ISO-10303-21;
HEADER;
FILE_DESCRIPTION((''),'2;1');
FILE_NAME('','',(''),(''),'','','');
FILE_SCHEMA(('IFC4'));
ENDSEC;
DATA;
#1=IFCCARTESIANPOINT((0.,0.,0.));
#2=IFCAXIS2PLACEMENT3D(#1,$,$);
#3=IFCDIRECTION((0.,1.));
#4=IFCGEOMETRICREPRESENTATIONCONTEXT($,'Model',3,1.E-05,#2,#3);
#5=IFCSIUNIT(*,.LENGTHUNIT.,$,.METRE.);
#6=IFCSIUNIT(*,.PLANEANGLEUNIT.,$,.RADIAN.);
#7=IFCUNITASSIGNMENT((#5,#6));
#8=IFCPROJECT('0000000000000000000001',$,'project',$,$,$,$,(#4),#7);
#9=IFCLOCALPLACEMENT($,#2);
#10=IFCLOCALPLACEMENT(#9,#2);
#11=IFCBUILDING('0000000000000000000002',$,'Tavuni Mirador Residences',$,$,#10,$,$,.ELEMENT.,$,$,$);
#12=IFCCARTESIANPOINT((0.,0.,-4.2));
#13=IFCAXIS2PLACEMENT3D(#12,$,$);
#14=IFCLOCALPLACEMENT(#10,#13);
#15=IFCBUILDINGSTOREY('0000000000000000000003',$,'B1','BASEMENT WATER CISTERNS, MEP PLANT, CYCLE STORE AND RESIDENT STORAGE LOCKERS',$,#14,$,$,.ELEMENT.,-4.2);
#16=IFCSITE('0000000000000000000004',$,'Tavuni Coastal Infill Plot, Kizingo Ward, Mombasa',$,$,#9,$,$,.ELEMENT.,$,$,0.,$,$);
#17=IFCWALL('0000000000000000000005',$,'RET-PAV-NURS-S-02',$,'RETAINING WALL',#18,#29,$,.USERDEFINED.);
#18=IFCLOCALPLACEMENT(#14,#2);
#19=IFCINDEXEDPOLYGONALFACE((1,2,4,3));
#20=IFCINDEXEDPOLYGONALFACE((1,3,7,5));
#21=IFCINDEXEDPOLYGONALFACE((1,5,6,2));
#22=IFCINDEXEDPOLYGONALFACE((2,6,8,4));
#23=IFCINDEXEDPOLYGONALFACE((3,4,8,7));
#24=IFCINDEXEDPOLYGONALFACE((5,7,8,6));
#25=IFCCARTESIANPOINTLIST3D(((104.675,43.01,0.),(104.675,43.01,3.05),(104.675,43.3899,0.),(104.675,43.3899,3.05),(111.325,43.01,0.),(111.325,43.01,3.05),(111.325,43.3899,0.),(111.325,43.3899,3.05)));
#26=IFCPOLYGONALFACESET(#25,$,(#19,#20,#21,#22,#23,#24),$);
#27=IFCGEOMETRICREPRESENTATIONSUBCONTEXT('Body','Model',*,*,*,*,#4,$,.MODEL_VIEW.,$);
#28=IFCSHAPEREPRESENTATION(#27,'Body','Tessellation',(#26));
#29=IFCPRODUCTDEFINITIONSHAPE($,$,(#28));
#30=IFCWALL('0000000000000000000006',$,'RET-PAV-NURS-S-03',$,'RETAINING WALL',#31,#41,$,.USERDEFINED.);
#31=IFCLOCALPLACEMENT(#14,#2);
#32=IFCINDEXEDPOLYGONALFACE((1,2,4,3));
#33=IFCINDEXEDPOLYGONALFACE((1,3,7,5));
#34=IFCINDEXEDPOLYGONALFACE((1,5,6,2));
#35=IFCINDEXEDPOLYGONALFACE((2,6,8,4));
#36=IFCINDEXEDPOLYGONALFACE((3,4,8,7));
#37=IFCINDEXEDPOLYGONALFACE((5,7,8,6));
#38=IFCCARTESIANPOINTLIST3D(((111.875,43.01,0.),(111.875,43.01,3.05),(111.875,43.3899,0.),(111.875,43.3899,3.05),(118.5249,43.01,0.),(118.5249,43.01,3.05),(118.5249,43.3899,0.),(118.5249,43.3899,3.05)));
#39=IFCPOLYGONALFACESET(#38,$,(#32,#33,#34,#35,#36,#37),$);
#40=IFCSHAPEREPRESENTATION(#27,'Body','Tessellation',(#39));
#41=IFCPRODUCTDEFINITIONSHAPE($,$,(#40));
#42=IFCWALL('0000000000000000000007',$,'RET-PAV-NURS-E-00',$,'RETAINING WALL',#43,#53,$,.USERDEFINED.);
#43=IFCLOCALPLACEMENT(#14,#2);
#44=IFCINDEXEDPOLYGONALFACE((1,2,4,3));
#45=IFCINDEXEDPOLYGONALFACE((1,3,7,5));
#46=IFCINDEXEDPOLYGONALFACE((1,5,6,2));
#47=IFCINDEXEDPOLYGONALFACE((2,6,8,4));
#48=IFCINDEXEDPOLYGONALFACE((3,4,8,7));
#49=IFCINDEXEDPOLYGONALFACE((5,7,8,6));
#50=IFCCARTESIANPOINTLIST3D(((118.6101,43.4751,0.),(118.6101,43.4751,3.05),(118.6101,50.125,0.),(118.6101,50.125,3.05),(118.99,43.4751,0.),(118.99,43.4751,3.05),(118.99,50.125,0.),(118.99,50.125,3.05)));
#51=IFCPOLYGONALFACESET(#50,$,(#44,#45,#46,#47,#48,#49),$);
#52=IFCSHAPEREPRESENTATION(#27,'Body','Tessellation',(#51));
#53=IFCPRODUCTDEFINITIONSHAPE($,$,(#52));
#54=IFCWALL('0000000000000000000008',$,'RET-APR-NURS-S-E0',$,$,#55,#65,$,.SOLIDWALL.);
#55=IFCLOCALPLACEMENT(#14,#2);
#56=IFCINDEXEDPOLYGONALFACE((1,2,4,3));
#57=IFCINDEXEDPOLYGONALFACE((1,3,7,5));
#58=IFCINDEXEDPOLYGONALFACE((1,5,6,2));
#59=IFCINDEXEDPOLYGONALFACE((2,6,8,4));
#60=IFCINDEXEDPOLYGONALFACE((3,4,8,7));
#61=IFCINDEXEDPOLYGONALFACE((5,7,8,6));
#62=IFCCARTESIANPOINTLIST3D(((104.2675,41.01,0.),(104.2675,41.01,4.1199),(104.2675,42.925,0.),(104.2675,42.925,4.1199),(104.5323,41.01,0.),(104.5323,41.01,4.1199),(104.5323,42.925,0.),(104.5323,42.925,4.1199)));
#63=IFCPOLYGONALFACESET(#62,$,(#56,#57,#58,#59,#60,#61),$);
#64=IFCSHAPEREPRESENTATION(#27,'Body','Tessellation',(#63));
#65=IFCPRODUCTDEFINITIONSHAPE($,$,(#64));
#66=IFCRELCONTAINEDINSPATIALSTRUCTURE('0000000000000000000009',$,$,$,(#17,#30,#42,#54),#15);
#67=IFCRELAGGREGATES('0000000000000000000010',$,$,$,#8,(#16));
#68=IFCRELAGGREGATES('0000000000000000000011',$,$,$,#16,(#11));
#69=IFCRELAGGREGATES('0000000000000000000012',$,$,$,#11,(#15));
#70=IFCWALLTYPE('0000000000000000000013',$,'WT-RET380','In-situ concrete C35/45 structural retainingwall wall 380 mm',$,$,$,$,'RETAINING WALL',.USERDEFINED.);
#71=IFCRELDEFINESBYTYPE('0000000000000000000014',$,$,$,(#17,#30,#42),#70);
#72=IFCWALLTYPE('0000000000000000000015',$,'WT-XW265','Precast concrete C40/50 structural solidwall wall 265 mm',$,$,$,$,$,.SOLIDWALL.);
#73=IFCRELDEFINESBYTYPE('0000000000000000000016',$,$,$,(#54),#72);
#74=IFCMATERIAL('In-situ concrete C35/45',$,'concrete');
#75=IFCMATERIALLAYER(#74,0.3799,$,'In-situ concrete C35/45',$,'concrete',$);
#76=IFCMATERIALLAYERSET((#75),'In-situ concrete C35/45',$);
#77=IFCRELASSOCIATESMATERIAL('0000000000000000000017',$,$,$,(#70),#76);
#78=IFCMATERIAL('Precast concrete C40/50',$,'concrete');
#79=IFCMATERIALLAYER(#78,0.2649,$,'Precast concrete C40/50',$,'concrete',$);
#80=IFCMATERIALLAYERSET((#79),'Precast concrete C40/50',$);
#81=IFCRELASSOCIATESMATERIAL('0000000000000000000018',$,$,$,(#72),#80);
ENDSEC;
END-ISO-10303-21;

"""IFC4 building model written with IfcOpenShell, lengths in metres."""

from ifc_helpers import new_model, si_unit, direction, frame, frame_2d, origin, place, context, subcontext, project, spatial, rectangle, extrude, material, layer, layer_set, type_object, element, save


model = new_model("IFC4")

# Units and contexts
model_context = context("Model", 3, precision=1e-05, world=origin(), true_north=direction((0.0, 1.0)))
body_context = subcontext(model_context, "Body", "Model", "MODEL_VIEW")
ifc_project = project(units=[si_unit("LENGTHUNIT", "METRE"), si_unit("PLANEANGLEUNIT", "RADIAN")], contexts=[model_context])

# Site, building, storey
site_placement = place(None, origin())
site = spatial("IfcSite", under=ifc_project, at=site_placement, Name="Tavuni Coastal Infill Plot, Kizingo Ward, Mombasa", CompositionType="ELEMENT", RefElevation=0.0)
building_placement = place(site_placement, origin())
building = spatial("IfcBuilding", under=site, at=building_placement, Name="Tavuni Mirador Residences", CompositionType="ELEMENT")
storey_placement = place(building_placement, frame((0.0, 0.0, -4.2)))
storey = spatial("IfcBuildingStorey", under=building, at=storey_placement, Name="B1", Description="BASEMENT WATER CISTERNS, MEP PLANT, CYCLE STORE AND RESIDENT STORAGE LOCKERS", CompositionType="ELEMENT", Elevation=-4.2)

# Shared definitions
ifc_material_1 = material(Name="In-situ concrete C35/45", Category="concrete")

# Shared definitions
ifc_material_2 = material(Name="Precast concrete C40/50", Category="concrete")

# Walls
ifc_layer_1 = layer(ifc_material_1, 0.3799, Name="In-situ concrete C35/45", Category="concrete")
ifc_layer_set_1 = layer_set([ifc_layer_1], Name="In-situ concrete C35/45")
wall_type_1 = type_object("IfcWallType", Name="WT-RET380", Description="In-situ concrete C35/45 structural retainingwall wall 380 mm", ElementType="RETAINING WALL", PredefinedType="USERDEFINED", material=ifc_layer_set_1)
for number, where, z_axis, x_axis, name in (
    (1, (104.675, 43.2, 0.0), (0.0, 0.0, 1.0), (1.0, 0.0, 0.0), "RET-PAV-NURS-S-02"),
    (2, (111.875, 43.2, 0.0), (0.0, 0.0, 1.0), (1.0, 0.0, 0.0), "RET-PAV-NURS-S-03"),
    (3, (118.8, 43.4751, 0.0), (0.0, 0.0, 1.0), (0.0, 1.0, 0.0), "RET-PAV-NURS-E-00"),
):
    element("IfcWall", number, at=place(storey_placement, frame(where, z_axis=z_axis, x_axis=x_axis)), inside=storey, type_object=wall_type_1, Name=name, ObjectType="RETAINING WALL", PredefinedType="USERDEFINED", context=body_context, shape_type="SweptSolid", body=[
        extrude(rectangle(XDim=6.6499, YDim=0.3799, at=frame_2d((3.325, 0.0))), origin(), (0.0, 0.0, 1.0), 3.05),
    ])
ifc_layer_2 = layer(ifc_material_2, 0.2649, Name="Precast concrete C40/50", Category="concrete")
ifc_layer_set_2 = layer_set([ifc_layer_2], Name="Precast concrete C40/50")
wall_type_2 = type_object("IfcWallType", Name="WT-XW265", Description="Precast concrete C40/50 structural solidwall wall 265 mm", PredefinedType="SOLIDWALL", material=ifc_layer_set_2)
wall_placement = place(storey_placement, frame((104.3999, 41.01, 0.0), z_axis=(0.0, 0.0, 1.0), x_axis=(0.0, 1.0, 0.0)))
element("IfcWall", 4, at=wall_placement, inside=storey, type_object=wall_type_2, Name="RET-APR-NURS-S-E0", PredefinedType="SOLIDWALL", context=body_context, shape_type="SweptSolid", body=[
    extrude(rectangle(XDim=1.915, YDim=0.2649, at=frame_2d((0.9575, 0.0))), origin(), (0.0, 0.0, 1.0), 4.1199),
])

save(model, "model.ifc")
